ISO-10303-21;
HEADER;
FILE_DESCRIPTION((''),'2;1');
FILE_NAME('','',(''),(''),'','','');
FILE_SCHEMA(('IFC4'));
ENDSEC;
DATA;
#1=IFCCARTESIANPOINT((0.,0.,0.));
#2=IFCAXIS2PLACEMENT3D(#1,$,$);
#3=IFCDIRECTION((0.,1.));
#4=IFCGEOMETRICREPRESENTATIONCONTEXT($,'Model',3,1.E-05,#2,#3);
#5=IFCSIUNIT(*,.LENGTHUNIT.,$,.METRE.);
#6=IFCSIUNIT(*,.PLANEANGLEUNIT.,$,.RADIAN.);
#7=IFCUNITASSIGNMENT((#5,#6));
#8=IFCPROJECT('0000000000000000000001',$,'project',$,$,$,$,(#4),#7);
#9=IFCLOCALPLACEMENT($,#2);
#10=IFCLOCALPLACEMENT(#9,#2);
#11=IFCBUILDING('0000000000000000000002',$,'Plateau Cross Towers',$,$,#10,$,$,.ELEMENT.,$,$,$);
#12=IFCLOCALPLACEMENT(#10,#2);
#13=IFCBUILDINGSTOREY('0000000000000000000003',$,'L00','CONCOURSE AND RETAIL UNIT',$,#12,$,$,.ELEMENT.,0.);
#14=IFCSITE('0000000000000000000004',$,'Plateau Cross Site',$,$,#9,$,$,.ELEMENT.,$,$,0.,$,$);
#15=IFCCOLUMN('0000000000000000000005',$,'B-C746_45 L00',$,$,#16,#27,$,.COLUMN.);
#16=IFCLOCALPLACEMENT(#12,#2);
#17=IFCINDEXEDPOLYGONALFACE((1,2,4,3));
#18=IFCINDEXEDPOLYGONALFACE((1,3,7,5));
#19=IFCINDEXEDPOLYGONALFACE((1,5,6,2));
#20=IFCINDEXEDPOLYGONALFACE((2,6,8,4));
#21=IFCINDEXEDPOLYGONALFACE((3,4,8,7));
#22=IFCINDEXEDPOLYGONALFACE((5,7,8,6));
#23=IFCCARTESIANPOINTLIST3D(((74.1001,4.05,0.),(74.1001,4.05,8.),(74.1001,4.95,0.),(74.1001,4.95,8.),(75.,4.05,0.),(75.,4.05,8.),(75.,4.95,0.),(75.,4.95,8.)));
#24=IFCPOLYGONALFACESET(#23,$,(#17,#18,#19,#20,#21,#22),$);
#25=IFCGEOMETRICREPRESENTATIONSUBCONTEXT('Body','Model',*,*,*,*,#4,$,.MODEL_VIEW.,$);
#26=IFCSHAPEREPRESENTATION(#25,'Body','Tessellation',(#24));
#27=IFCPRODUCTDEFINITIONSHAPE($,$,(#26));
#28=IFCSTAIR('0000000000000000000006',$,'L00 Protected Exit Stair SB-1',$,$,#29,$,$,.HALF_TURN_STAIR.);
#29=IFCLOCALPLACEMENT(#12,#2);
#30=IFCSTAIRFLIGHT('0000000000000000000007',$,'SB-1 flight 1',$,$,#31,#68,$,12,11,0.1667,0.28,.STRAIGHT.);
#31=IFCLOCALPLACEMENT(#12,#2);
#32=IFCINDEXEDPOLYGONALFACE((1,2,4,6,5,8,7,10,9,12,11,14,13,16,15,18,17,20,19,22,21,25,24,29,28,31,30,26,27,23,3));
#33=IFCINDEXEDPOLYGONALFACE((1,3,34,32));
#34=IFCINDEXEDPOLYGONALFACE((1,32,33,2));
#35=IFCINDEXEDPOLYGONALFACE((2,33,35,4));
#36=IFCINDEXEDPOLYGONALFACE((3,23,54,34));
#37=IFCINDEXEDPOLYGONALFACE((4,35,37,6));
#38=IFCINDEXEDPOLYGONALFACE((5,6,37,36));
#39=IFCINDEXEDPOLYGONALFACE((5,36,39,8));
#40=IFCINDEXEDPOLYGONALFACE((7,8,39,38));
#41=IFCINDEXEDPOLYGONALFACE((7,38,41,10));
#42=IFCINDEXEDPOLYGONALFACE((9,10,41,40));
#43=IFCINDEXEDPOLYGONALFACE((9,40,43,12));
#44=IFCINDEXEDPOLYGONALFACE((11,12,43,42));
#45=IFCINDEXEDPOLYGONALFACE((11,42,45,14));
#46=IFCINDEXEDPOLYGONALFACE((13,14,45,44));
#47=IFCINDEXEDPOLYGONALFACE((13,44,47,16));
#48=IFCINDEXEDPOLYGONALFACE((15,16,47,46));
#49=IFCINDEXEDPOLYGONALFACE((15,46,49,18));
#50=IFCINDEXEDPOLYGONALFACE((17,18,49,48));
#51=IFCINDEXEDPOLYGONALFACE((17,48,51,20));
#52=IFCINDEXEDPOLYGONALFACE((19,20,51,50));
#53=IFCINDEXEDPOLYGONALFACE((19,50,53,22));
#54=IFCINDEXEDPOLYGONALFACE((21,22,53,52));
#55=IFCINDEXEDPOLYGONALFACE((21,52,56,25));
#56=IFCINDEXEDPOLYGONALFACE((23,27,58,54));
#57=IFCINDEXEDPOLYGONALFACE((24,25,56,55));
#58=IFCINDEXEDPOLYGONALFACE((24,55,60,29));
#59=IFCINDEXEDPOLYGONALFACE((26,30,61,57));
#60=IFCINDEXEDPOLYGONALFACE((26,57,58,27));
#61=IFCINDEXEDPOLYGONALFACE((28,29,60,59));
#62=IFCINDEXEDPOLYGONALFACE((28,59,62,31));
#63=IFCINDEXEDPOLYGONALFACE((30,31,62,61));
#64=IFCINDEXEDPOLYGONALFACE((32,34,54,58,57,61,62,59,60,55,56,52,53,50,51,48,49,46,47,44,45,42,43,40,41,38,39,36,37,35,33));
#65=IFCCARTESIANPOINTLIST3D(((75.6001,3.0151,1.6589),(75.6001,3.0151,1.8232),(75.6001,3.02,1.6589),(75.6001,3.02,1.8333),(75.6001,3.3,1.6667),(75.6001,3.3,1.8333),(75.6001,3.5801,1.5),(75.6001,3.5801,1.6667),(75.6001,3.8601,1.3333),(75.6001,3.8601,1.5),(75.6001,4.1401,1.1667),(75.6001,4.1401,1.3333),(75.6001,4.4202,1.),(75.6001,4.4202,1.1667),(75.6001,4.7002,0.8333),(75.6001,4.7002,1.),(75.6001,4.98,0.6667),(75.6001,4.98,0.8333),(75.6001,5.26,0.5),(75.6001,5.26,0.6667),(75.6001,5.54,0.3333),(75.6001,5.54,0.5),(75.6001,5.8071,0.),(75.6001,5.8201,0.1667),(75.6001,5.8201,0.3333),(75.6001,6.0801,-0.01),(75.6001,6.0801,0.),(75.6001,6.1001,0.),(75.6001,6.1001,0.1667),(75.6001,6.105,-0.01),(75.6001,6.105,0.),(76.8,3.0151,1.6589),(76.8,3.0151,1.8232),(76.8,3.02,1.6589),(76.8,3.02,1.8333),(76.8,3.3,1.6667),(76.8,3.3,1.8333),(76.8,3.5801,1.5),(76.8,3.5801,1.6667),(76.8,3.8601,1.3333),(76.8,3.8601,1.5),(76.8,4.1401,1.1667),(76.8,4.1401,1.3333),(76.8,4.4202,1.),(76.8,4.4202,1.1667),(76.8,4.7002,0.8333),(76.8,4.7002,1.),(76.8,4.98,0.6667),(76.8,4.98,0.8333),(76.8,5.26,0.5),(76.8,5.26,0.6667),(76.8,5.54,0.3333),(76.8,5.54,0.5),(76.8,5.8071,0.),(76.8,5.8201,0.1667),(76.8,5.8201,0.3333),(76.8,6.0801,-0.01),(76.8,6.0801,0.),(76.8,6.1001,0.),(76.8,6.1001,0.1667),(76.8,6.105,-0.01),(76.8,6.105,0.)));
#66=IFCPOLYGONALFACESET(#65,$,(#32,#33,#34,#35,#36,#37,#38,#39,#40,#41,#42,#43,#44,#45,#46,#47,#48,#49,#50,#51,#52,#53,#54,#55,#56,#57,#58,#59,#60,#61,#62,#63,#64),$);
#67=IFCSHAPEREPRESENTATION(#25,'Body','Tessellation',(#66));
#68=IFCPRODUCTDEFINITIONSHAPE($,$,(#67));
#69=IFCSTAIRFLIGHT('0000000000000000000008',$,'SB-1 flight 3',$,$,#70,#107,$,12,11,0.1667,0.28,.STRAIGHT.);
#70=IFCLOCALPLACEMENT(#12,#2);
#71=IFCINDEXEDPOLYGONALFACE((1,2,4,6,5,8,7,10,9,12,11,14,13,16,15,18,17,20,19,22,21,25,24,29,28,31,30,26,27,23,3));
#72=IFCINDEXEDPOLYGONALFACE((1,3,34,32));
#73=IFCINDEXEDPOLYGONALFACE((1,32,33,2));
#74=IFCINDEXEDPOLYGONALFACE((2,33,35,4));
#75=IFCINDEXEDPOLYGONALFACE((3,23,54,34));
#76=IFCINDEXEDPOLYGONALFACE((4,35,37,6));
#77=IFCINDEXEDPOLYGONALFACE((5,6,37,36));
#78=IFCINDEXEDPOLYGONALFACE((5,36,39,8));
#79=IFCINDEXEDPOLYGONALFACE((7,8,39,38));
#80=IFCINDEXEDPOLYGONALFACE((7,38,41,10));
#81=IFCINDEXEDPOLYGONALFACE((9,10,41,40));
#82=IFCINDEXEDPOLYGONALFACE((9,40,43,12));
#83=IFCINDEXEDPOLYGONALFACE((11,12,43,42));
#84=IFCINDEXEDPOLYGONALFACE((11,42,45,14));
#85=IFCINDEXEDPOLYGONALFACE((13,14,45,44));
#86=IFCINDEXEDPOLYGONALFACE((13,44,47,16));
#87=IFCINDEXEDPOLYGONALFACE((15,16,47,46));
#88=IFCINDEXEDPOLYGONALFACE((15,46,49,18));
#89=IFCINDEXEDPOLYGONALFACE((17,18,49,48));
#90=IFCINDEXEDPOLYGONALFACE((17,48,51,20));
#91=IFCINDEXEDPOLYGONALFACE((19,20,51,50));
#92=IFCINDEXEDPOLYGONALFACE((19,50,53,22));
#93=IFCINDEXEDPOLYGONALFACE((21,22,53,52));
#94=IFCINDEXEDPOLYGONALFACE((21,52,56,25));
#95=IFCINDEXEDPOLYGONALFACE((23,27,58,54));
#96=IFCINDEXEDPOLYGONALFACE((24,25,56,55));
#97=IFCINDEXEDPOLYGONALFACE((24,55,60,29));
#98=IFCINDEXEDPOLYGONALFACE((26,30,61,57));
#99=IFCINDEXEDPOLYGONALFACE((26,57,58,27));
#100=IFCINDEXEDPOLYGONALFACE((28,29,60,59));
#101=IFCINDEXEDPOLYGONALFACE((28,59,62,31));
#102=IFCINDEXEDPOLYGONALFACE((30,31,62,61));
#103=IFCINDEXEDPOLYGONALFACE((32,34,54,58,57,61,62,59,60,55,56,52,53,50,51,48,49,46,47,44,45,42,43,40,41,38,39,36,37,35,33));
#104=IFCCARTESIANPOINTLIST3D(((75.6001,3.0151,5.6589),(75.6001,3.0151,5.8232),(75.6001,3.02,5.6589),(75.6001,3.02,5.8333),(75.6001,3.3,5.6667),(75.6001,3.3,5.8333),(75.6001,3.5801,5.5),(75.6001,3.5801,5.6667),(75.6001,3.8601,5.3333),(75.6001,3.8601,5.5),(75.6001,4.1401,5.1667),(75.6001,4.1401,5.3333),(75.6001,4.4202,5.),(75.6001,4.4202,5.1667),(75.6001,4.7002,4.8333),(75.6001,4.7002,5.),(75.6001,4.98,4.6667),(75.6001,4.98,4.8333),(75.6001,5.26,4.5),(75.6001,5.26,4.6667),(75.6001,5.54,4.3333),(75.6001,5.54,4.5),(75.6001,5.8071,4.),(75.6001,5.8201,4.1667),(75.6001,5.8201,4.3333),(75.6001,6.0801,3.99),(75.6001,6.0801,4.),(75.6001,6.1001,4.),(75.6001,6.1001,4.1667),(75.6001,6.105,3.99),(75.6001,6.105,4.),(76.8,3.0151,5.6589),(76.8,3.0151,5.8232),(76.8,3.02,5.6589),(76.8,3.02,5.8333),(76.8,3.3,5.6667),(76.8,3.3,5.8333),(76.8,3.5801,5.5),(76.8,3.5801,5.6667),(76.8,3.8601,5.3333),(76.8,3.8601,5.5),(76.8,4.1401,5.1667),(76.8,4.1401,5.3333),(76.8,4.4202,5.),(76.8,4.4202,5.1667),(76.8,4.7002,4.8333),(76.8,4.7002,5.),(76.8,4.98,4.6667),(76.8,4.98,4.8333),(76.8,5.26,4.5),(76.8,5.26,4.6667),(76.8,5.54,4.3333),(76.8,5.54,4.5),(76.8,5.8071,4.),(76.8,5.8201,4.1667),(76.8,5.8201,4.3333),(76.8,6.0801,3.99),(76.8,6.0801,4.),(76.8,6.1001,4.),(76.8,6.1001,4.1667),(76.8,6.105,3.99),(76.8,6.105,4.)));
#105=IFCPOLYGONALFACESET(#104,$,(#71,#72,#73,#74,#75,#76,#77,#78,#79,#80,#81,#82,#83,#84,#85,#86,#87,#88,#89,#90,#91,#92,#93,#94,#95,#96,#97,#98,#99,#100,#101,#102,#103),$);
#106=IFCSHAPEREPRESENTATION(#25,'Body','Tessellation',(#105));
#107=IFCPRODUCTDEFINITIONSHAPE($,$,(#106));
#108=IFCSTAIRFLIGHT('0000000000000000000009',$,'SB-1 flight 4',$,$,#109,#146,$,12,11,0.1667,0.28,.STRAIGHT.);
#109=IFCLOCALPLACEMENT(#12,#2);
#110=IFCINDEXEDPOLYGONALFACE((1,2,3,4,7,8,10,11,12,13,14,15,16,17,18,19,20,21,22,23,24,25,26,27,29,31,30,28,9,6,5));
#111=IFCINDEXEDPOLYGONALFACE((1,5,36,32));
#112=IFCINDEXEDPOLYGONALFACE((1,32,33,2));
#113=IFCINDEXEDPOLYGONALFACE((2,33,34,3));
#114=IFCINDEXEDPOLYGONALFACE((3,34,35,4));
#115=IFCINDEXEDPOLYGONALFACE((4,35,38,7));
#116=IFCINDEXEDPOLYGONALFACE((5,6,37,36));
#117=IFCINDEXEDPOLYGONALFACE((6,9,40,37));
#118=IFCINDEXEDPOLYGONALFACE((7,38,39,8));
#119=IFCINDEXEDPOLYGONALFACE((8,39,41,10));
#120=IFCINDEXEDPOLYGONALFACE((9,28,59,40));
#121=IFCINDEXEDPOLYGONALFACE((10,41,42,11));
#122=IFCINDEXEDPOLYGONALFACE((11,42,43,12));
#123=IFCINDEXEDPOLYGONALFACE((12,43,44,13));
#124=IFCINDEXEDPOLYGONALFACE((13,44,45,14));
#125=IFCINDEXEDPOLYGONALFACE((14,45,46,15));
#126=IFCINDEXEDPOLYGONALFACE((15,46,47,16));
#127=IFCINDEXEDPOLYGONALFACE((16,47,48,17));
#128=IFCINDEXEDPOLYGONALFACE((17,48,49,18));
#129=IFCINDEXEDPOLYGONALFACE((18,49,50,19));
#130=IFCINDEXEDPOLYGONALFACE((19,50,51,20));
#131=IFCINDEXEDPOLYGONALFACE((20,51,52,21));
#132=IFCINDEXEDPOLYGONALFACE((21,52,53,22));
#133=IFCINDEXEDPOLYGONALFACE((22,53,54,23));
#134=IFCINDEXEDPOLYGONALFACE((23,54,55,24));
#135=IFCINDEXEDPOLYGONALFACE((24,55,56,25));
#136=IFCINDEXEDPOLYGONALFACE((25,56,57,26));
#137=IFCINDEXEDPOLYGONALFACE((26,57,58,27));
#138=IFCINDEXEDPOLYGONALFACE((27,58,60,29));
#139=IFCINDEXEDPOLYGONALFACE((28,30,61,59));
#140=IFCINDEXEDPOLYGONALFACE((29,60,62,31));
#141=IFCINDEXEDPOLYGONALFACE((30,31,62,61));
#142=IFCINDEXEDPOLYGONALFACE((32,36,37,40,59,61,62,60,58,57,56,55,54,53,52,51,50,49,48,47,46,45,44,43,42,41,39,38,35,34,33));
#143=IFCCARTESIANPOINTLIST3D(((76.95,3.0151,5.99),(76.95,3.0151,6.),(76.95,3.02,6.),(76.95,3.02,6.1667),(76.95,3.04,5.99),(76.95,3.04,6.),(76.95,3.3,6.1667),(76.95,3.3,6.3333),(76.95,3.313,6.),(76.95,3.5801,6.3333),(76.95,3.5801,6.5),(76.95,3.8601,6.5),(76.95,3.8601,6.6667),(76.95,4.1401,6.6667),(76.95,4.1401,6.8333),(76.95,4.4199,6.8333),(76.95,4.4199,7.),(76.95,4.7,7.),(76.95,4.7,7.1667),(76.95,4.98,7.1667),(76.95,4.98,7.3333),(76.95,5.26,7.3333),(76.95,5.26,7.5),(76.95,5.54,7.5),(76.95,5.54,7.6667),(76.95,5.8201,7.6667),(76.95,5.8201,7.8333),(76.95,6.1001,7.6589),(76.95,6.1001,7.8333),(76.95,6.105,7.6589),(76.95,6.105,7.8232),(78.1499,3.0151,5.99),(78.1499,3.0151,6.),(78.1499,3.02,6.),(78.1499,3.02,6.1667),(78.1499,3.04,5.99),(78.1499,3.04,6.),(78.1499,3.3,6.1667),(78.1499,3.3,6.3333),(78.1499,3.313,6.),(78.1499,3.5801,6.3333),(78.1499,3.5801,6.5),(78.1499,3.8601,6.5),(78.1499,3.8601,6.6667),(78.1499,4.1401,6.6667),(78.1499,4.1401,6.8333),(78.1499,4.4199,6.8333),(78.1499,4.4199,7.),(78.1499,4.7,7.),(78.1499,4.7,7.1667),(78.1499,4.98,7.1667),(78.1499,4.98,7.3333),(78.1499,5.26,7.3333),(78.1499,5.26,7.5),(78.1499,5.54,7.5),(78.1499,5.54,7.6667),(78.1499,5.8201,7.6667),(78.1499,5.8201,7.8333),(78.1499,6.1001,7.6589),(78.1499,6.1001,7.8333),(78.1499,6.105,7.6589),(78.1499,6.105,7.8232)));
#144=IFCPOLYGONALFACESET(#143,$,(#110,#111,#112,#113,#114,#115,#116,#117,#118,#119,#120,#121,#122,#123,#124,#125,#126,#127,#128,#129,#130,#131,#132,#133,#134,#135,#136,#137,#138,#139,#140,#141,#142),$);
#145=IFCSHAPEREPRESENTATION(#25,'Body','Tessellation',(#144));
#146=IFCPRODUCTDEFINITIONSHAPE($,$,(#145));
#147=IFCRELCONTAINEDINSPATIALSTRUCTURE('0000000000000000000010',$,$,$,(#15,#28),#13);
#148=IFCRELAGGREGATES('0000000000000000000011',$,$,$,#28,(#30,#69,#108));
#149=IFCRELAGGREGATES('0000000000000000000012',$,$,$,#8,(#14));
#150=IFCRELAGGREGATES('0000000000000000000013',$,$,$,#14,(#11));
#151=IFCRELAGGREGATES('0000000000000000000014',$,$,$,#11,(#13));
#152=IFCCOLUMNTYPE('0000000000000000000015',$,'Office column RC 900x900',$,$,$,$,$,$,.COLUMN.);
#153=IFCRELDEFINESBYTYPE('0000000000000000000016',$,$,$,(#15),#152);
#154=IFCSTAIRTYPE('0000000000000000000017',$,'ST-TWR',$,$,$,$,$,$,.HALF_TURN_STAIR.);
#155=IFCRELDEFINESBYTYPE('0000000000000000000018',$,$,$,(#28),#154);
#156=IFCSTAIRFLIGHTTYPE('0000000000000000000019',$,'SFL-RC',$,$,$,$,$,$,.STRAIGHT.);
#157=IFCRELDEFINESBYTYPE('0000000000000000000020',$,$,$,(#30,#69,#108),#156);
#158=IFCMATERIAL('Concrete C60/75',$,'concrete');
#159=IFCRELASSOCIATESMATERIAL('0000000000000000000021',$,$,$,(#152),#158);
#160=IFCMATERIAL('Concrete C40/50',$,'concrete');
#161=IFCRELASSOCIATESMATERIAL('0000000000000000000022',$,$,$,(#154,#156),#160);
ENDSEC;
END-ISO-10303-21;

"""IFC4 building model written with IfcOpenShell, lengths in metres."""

from ifc_helpers import new_model, si_unit, direction, frame, origin, origin_2d, place, context, subcontext, project, spatial, polyline, rectangle, outline, extrude, material, material_profile, profile_set, type_object, element, aggregate, save


model = new_model("IFC4")

# Units and contexts
model_context = context("Model", 3, precision=1e-05, world=origin(), true_north=direction((0.0, 1.0)))
body_context = subcontext(model_context, "Body", "Model", "MODEL_VIEW")
ifc_project = project(units=[si_unit("LENGTHUNIT", "METRE"), si_unit("PLANEANGLEUNIT", "RADIAN")], contexts=[model_context])

# Site, building, storey
site_placement = place(None, origin())
site = spatial("IfcSite", under=ifc_project, at=site_placement, Name="Plateau Cross Site", CompositionType="ELEMENT", RefElevation=0.0)
building_placement = place(site_placement, origin())
building = spatial("IfcBuilding", under=site, at=building_placement, Name="Plateau Cross Towers", CompositionType="ELEMENT")
storey_placement = place(building_placement, origin())
storey = spatial("IfcBuildingStorey", under=building, at=storey_placement, Name="L00", Description="CONCOURSE AND RETAIL UNIT", CompositionType="ELEMENT", Elevation=0.0)

# Column
ifc_material_1 = material(Name="Concrete C60/75", Category="concrete")
ifc_material_profile = material_profile(ifc_material_1, rectangle(XDim=0.8999, YDim=0.8999, at=origin_2d()), Name="RC 900x900")
ifc_profile_set = profile_set([ifc_material_profile], Name="Concrete C60/75")
column_type = type_object("IfcColumnType", Name="Office column RC 900x900", PredefinedType="COLUMN", material=ifc_profile_set)
column_placement = place(storey_placement, frame((74.55, 4.5, 0.0), z_axis=(0.0, 0.0, 1.0), x_axis=(1.0, 0.0, 0.0)))
element("IfcColumn", 1, at=column_placement, inside=storey, type_object=column_type, Name="B-C746_45 L00", PredefinedType="COLUMN", context=body_context, shape_type="SweptSolid", body=[
    extrude(rectangle(XDim=0.8999, YDim=0.8999, at=origin_2d()), origin(), (0.0, 0.0, 1.0), 8.0),
])

# Stair, stair flights
ifc_material_2 = material(Name="Concrete C40/50", Category="concrete")
stair_type = type_object("IfcStairType", Name="ST-TWR", PredefinedType="HALF_TURN_STAIR", material=ifc_material_2)
stair_1_placement = place(storey_placement, origin())
stair_1 = element("IfcStair", 2, at=stair_1_placement, inside=storey, type_object=stair_type, Name="L00 Protected Exit Stair SB-1", PredefinedType="HALF_TURN_STAIR")
stair_flight_type = type_object("IfcStairFlightType", Name="SFL-RC", PredefinedType="STRAIGHT", material=ifc_material_2)
stair_flight_1_placement = place(storey_placement, frame((76.2, 6.1001, 0.0), z_axis=(0.0, 0.0, 1.0), x_axis=(0.0, -1.0, 0.0)))
stair_flight_1 = element("IfcStairFlight", 3, at=stair_flight_1_placement, type_object=stair_flight_type, Name="SB-1 flight 1", NumberOfRisers=12, NumberOfTreads=11, PredefinedType="STRAIGHT", RiserHeight=0.1667, TreadLength=0.28, context=body_context, shape_type="SweptSolid", body=[
    extrude(outline(polyline([(-0.0049, -0.01), (-0.0049, 0.0), (0.0, 0.0), (0.0, 0.1667), (0.28, 0.1667), (0.28, 0.3333), (0.5601, 0.3333), (0.5601, 0.5), (0.8401, 0.5), (0.8401, 0.6667), (1.1201, 0.6667), (1.1201, 0.8333), (1.3999, 0.8333), (1.3999, 1.0), (1.6799, 1.0), (1.6799, 1.1667), (1.96, 1.1667), (1.96, 1.3333), (2.24, 1.3333), (2.24, 1.5), (2.52, 1.5), (2.52, 1.6667), (2.8, 1.6667), (2.8, 1.8333), (3.0801, 1.8333), (3.085, 1.8232), (3.085, 1.6589), (3.0801, 1.6589), (0.293, 0.0), (0.02, 0.0), (0.02, -0.01), (-0.0049, -0.01)])), frame((0.0, 0.6001, 0.0), z_axis=(0.0, -1.0, 0.0), x_axis=(1.0, 0.0, 0.0)), (0.0, 0.0, 1.0), 1.2),
])
stair_flight_2_placement = place(storey_placement, frame((76.2, 6.1001, 4.0), z_axis=(0.0, 0.0, 1.0), x_axis=(0.0, -1.0, 0.0)))
stair_flight_2 = element("IfcStairFlight", 4, at=stair_flight_2_placement, type_object=stair_flight_type, Name="SB-1 flight 3", NumberOfRisers=12, NumberOfTreads=11, PredefinedType="STRAIGHT", RiserHeight=0.1667, TreadLength=0.28, context=body_context, shape_type="SweptSolid", body=[
    extrude(outline(polyline([(-0.0049, -0.01), (-0.0049, 0.0), (0.0, 0.0), (0.0, 0.1667), (0.28, 0.1667), (0.28, 0.3333), (0.5601, 0.3333), (0.5601, 0.5), (0.8401, 0.5), (0.8401, 0.6667), (1.1201, 0.6667), (1.1201, 0.8333), (1.3999, 0.8333), (1.3999, 1.0), (1.6799, 1.0), (1.6799, 1.1667), (1.96, 1.1667), (1.96, 1.3333), (2.24, 1.3333), (2.24, 1.5), (2.52, 1.5), (2.52, 1.6667), (2.8, 1.6667), (2.8, 1.8333), (3.0801, 1.8333), (3.085, 1.8232), (3.085, 1.6589), (3.0801, 1.6589), (0.293, 0.0), (0.02, 0.0), (0.02, -0.01), (-0.0049, -0.01)])), frame((0.0, 0.6001, 0.0), z_axis=(0.0, -1.0, 0.0), x_axis=(1.0, 0.0, 0.0)), (0.0, 0.0, 1.0), 1.2),
])
stair_flight_3_placement = place(storey_placement, frame((77.55, 3.02, 6.0), z_axis=(0.0, 0.0, 1.0), x_axis=(0.0, 1.0, 0.0)))
stair_flight_3 = element("IfcStairFlight", 5, at=stair_flight_3_placement, type_object=stair_flight_type, Name="SB-1 flight 4", NumberOfRisers=12, NumberOfTreads=11, PredefinedType="STRAIGHT", RiserHeight=0.1667, TreadLength=0.28, context=body_context, shape_type="SweptSolid", body=[
    extrude(outline(polyline([(-0.0049, -0.01), (-0.0049, 0.0), (0.0, 0.0), (0.0, 0.1667), (0.28, 0.1667), (0.28, 0.3333), (0.5601, 0.3333), (0.5601, 0.5), (0.8401, 0.5), (0.8401, 0.6667), (1.1201, 0.6667), (1.1201, 0.8333), (1.3999, 0.8333), (1.3999, 1.0), (1.6799, 1.0), (1.6799, 1.1667), (1.96, 1.1667), (1.96, 1.3333), (2.24, 1.3333), (2.24, 1.5), (2.52, 1.5), (2.52, 1.6667), (2.8, 1.6667), (2.8, 1.8333), (3.0801, 1.8333), (3.085, 1.8232), (3.085, 1.6589), (3.0801, 1.6589), (0.293, 0.0), (0.02, 0.0), (0.02, -0.01), (-0.0049, -0.01)])), frame((0.0, 0.6001, 0.0), z_axis=(0.0, -1.0, 0.0), x_axis=(1.0, 0.0, 0.0)), (0.0, 0.0, 1.0), 1.2),
])
aggregate(stair_1, [stair_flight_1, stair_flight_2, stair_flight_3])

save(model, "model.ifc")
